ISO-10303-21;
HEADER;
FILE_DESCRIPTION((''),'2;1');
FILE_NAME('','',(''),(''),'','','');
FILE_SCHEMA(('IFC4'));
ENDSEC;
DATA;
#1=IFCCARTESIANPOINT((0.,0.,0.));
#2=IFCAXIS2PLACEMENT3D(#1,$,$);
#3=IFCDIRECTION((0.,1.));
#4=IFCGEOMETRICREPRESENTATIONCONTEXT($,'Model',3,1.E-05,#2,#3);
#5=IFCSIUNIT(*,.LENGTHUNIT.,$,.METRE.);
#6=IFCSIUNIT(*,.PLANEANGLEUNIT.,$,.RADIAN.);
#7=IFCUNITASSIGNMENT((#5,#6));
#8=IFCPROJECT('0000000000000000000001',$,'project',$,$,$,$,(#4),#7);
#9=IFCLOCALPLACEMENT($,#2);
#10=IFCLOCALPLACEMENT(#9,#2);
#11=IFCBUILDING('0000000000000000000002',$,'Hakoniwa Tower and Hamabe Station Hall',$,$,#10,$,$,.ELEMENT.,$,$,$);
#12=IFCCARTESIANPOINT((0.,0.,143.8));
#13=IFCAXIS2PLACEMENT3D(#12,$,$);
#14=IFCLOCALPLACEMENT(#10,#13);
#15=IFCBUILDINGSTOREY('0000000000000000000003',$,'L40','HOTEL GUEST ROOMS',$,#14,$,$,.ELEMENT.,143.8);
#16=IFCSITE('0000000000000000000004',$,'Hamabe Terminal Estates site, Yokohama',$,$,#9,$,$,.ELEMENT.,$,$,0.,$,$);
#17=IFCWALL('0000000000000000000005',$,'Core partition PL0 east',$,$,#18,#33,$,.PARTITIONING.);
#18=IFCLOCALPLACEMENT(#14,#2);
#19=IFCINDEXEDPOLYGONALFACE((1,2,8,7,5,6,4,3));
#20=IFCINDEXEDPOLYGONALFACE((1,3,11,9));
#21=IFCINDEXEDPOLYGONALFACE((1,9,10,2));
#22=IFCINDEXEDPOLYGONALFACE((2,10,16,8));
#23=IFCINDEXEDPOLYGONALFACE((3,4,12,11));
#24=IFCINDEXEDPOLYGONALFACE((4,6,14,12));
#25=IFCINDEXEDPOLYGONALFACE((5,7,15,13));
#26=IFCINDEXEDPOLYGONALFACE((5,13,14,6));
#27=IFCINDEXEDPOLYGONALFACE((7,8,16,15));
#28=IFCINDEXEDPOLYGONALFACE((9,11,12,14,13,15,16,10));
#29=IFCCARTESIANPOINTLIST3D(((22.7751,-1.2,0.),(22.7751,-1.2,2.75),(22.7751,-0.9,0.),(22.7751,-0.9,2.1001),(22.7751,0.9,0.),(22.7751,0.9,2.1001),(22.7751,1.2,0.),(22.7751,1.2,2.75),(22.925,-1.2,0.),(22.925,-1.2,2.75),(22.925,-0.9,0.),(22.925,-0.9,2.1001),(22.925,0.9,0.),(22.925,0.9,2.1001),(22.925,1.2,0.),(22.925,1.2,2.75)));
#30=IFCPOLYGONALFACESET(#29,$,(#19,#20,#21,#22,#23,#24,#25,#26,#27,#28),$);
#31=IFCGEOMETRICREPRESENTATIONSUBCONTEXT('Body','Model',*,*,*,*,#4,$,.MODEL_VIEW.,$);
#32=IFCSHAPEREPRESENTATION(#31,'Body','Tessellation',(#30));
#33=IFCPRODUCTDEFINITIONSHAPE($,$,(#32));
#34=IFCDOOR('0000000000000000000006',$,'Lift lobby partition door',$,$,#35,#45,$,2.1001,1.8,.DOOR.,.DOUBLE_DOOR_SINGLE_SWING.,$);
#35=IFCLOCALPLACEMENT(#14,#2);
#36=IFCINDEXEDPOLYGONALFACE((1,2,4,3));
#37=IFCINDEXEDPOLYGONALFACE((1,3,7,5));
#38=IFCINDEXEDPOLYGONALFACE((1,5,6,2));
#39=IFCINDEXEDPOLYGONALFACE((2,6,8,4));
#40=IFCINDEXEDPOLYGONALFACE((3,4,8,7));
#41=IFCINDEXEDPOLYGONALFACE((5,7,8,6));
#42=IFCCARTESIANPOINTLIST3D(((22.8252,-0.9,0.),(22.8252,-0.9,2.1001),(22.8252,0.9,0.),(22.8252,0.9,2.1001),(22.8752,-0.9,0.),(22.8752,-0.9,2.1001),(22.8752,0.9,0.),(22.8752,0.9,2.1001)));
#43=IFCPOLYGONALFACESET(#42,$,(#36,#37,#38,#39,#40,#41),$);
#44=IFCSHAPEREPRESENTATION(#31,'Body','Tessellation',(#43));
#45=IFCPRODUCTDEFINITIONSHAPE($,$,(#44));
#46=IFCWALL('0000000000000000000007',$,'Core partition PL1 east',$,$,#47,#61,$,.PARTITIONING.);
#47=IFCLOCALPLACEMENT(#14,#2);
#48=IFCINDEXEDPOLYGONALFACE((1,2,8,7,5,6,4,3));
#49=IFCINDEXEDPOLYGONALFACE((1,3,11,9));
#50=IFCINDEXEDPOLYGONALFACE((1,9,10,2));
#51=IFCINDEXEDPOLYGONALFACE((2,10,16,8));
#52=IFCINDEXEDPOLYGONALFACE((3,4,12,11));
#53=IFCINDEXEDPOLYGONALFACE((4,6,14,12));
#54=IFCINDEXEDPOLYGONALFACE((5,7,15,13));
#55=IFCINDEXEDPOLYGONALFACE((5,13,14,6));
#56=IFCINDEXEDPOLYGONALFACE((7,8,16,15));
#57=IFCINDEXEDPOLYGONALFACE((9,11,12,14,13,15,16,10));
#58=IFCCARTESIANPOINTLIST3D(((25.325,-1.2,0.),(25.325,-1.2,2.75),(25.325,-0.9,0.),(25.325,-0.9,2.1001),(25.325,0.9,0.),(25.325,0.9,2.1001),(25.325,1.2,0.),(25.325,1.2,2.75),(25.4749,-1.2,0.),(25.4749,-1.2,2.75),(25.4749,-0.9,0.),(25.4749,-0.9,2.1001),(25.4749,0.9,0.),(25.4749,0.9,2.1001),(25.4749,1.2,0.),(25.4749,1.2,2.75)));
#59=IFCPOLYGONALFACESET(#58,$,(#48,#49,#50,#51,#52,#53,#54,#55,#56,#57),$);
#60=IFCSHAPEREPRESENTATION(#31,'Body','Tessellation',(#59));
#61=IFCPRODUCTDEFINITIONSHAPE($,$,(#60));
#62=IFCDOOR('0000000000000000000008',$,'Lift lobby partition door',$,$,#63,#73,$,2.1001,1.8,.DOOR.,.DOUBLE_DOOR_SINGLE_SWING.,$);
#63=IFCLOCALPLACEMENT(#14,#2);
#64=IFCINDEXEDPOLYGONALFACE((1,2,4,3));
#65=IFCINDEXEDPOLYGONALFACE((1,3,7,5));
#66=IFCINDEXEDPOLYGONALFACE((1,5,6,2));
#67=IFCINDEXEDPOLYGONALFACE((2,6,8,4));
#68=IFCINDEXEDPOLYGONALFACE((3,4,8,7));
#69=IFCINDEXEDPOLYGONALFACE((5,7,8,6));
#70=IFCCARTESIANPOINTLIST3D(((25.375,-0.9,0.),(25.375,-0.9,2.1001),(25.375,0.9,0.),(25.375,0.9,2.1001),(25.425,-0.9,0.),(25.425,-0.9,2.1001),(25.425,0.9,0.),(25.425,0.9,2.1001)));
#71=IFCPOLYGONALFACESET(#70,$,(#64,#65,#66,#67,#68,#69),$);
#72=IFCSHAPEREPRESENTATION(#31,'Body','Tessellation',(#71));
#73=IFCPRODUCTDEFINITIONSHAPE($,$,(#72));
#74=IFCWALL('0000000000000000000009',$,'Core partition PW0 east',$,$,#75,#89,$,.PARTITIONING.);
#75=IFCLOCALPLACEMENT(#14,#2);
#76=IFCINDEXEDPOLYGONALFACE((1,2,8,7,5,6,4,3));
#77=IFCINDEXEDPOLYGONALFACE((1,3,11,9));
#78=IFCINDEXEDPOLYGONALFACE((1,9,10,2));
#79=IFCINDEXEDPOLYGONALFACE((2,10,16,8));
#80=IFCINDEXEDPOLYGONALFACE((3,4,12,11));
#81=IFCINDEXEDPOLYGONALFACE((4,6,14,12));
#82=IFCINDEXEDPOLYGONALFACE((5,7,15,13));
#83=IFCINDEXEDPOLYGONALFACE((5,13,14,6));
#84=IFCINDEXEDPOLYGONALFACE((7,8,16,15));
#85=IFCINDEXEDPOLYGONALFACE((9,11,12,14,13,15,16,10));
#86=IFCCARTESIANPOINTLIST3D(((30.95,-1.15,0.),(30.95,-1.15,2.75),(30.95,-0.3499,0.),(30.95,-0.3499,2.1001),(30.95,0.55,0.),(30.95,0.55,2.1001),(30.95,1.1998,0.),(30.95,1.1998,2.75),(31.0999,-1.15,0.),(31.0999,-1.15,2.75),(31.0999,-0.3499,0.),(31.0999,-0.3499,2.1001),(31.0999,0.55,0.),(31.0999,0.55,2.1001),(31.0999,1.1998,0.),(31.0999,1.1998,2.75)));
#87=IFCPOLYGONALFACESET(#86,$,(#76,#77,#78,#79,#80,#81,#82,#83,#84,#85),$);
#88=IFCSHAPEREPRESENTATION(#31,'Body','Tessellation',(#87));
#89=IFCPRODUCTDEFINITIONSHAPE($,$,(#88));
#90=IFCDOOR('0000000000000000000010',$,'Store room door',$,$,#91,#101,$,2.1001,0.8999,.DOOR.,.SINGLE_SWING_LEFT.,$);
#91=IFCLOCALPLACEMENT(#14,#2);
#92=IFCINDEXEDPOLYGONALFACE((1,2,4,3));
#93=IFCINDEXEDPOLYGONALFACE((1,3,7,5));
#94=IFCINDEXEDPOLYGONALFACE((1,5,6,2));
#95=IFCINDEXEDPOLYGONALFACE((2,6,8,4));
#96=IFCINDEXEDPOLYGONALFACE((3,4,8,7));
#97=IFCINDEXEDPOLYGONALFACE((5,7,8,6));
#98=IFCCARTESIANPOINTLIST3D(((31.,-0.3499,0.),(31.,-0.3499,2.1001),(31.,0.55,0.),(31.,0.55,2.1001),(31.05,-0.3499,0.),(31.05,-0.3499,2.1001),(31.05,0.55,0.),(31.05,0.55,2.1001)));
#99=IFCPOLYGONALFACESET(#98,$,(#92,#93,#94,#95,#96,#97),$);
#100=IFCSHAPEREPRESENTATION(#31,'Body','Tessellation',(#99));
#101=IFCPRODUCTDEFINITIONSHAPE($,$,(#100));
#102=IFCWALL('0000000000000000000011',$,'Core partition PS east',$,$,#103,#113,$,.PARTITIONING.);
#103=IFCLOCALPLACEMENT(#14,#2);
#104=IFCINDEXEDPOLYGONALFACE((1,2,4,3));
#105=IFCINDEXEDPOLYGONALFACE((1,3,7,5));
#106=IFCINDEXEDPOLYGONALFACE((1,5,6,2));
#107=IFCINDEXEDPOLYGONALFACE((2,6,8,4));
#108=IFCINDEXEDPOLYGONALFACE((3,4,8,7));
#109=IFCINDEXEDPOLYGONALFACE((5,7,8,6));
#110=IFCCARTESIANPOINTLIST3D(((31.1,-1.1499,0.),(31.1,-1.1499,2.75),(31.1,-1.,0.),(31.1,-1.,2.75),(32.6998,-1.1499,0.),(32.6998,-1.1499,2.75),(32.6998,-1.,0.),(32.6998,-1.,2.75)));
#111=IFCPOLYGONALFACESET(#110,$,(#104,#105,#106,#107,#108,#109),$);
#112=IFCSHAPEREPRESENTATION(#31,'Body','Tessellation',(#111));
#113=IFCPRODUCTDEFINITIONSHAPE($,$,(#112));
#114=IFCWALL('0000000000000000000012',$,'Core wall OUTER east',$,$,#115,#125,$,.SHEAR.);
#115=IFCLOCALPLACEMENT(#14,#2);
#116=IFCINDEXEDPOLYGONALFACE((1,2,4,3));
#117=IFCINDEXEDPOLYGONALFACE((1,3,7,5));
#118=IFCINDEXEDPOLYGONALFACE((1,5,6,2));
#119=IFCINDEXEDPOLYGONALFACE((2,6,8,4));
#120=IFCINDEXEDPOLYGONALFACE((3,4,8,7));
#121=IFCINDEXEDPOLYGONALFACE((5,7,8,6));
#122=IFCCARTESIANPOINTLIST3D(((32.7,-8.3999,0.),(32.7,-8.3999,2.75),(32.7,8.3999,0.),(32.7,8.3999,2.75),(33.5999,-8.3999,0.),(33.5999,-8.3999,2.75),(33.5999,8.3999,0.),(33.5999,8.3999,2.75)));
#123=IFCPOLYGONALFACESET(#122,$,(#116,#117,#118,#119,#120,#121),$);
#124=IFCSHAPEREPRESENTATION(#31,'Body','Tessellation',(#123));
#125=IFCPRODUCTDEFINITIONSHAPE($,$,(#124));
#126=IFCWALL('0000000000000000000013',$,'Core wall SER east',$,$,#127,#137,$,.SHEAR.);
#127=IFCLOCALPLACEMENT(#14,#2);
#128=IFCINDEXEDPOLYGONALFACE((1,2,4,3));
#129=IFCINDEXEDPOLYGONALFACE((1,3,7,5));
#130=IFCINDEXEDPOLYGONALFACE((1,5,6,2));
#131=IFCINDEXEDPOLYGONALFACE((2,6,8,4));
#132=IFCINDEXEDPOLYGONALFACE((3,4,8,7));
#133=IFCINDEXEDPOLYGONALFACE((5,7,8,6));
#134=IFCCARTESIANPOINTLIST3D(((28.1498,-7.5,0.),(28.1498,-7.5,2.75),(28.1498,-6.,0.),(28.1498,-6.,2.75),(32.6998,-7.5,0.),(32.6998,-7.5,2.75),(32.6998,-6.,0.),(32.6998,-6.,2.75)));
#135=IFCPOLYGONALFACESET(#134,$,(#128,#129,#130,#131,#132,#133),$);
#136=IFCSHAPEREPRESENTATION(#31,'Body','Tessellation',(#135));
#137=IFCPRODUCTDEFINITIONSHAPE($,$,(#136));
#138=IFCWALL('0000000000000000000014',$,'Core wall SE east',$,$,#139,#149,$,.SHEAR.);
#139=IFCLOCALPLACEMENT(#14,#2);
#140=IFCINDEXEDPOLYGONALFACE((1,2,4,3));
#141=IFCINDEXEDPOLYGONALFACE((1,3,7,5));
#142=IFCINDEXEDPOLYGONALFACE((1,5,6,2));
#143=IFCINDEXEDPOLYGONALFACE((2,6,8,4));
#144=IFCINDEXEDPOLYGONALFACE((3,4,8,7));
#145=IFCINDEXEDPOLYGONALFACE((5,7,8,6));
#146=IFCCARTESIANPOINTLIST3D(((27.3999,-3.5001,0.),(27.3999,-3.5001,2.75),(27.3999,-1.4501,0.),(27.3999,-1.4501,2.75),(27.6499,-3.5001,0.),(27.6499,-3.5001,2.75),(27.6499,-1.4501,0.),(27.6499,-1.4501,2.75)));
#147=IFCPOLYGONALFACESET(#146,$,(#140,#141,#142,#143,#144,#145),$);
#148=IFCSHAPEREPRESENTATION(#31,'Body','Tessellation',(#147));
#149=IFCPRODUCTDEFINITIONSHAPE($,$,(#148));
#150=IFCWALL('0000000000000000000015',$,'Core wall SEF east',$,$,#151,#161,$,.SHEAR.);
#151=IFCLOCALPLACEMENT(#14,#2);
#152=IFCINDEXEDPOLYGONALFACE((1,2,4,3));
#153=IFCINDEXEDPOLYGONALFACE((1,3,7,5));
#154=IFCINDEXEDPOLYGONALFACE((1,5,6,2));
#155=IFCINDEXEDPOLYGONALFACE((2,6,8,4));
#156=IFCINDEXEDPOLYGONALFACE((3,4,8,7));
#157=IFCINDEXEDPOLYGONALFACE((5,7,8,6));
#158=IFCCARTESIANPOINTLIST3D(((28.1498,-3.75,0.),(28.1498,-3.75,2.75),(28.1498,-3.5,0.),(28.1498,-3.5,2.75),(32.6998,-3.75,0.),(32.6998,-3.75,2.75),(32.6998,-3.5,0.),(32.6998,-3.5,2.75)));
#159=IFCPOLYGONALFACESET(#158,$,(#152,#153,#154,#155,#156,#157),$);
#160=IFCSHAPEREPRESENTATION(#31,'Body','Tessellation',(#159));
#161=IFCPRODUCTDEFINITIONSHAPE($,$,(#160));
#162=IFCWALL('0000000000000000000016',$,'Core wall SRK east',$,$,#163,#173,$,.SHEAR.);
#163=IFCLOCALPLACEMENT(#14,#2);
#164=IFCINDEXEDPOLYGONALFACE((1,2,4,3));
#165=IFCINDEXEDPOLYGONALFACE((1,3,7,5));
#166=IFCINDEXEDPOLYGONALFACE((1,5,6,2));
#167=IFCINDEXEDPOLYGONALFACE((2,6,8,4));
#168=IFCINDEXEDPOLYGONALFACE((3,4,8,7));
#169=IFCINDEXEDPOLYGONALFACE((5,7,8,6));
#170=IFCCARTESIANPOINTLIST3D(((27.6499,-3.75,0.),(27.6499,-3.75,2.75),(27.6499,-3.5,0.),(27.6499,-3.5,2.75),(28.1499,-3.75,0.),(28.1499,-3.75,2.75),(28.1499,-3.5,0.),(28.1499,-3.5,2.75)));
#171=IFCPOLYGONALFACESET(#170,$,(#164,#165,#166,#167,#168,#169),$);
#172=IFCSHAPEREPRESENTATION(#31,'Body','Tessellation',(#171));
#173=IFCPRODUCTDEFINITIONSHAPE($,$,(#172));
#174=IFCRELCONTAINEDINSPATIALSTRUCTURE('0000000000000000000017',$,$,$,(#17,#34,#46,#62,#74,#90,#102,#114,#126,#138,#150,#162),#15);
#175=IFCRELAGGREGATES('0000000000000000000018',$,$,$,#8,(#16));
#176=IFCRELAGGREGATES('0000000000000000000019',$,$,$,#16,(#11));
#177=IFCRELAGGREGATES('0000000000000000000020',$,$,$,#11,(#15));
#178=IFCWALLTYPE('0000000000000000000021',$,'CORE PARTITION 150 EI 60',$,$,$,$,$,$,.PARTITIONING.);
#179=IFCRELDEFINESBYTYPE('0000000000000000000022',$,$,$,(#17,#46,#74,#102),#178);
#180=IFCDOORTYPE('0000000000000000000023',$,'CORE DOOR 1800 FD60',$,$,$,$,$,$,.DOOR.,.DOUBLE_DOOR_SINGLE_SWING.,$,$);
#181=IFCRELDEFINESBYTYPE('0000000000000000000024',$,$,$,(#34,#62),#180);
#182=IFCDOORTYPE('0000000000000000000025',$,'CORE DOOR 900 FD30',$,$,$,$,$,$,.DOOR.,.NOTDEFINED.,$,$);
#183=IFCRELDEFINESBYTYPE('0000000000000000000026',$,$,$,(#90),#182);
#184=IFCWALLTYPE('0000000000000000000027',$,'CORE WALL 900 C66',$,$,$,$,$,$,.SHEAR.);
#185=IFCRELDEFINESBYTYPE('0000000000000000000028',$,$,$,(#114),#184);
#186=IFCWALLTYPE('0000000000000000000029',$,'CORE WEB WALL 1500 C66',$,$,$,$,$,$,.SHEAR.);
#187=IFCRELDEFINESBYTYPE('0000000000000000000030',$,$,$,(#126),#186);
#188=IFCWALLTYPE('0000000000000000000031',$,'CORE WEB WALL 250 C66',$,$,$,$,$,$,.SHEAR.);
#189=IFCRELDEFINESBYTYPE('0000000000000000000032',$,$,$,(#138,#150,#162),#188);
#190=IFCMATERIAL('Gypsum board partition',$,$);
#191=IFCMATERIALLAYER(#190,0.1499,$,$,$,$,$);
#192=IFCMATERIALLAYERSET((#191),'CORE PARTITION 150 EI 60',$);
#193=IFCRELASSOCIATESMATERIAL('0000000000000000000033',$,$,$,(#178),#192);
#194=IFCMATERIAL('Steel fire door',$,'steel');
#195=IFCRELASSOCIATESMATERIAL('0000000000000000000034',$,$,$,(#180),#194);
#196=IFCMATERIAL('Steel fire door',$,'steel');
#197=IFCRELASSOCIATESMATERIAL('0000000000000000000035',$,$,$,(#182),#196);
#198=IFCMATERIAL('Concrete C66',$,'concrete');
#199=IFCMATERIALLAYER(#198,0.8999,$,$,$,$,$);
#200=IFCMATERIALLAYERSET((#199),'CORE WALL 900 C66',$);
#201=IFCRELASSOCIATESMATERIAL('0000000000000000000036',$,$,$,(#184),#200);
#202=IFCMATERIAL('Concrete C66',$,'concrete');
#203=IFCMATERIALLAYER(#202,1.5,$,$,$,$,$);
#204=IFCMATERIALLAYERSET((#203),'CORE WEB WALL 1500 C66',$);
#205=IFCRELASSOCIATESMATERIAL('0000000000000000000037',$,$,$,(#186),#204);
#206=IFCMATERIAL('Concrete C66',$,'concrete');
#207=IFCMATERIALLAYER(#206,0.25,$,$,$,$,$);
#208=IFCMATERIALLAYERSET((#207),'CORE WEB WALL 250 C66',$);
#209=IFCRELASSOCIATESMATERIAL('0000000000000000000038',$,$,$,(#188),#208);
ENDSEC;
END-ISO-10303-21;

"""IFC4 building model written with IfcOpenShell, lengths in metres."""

from ifc_helpers import new_model, si_unit, direction, frame, frame_2d, origin, place, context, subcontext, project, spatial, rectangle, extrude, material, layer, layer_set, type_object, element, fill, save


model = new_model("IFC4")

# Units and contexts
model_context = context("Model", 3, precision=1e-05, world=origin(), true_north=direction((0.0, 1.0)))
body_context = subcontext(model_context, "Body", "Model", "MODEL_VIEW")
ifc_project = project(units=[si_unit("LENGTHUNIT", "METRE"), si_unit("PLANEANGLEUNIT", "RADIAN")], contexts=[model_context])

# Site, building, storey
site_placement = place(None, origin())
site = spatial("IfcSite", under=ifc_project, at=site_placement, Name="Hamabe Terminal Estates site, Yokohama", CompositionType="ELEMENT", RefElevation=0.0)
building_placement = place(site_placement, origin())
building = spatial("IfcBuilding", under=site, at=building_placement, Name="Hakoniwa Tower and Hamabe Station Hall", CompositionType="ELEMENT")
storey_placement = place(building_placement, frame((0.0, 0.0, 143.8)))
storey = spatial("IfcBuildingStorey", under=building, at=storey_placement, Name="L40", Description="HOTEL GUEST ROOMS", CompositionType="ELEMENT", Elevation=143.8)

# Walls, openings, doors
ifc_material_1 = material(Name="Gypsum board partition")
ifc_layer_1 = layer(ifc_material_1, 0.1499)
ifc_layer_set_1 = layer_set([ifc_layer_1], Name="CORE PARTITION 150 EI 60")
wall_type_1 = type_object("IfcWallType", Name="CORE PARTITION 150 EI 60", PredefinedType="PARTITIONING", material=ifc_layer_set_1)
wall_1_placement = place(storey_placement, frame((22.8501, -1.2, 0.0), z_axis=(0.0, 0.0, 1.0), x_axis=(0.0, 1.0, 0.0)))
wall_1 = element("IfcWall", 1, at=wall_1_placement, inside=storey, type_object=wall_type_1, Name="Core partition PL0 east", PredefinedType="PARTITIONING", context=body_context, shape_type="SweptSolid", body=[
    extrude(rectangle(XDim=2.3999, YDim=0.1499, at=frame_2d((1.2, 0.0))), origin(), (0.0, 0.0, 1.0), 2.75),
])
opening_1_placement = place(wall_1_placement, frame((0.3, 0.0, 0.0)))
opening_1 = element("IfcOpeningElement", 2, at=opening_1_placement, cuts=wall_1, PredefinedType="OPENING", context=body_context, shape_type="SweptSolid", body=[
    extrude(rectangle(XDim=1.8, YDim=2.1001, at=frame_2d((0.8999, 1.05))), frame((0.0, 0.085, 0.0), z_axis=(0.0, -1.0, 0.0), x_axis=(1.0, 0.0, 0.0)), (0.0, 0.0, 1.0), 0.1699),
])
ifc_material_2 = material(Name="Steel fire door", Category="steel")
door_type_1 = type_object("IfcDoorType", Name="CORE DOOR 1800 FD60", OperationType="DOUBLE_DOOR_SINGLE_SWING", PredefinedType="DOOR", material=ifc_material_2)
door_1_placement = place(opening_1_placement, origin())
door_1 = element("IfcDoor", 3, at=door_1_placement, inside=storey, type_object=door_type_1, Name="Lift lobby partition door", OperationType="DOUBLE_DOOR_SINGLE_SWING", OverallHeight=2.1001, OverallWidth=1.8, PredefinedType="DOOR", context=body_context, shape_type="SweptSolid", body=[
    extrude(rectangle(XDim=1.8, YDim=2.1001, at=frame_2d((0.8999, 1.05))), frame((0.0, 0.0249, 0.0), z_axis=(0.0, -1.0, 0.0), x_axis=(1.0, 0.0, 0.0)), (0.0, 0.0, 1.0), 0.05),
])
fill(opening_1, door_1)
wall_2_placement = place(storey_placement, frame((25.3999, -1.2, 0.0), z_axis=(0.0, 0.0, 1.0), x_axis=(0.0, 1.0, 0.0)))
wall_2 = element("IfcWall", 4, at=wall_2_placement, inside=storey, type_object=wall_type_1, Name="Core partition PL1 east", PredefinedType="PARTITIONING", context=body_context, shape_type="SweptSolid", body=[
    extrude(rectangle(XDim=2.3999, YDim=0.1499, at=frame_2d((1.2, 0.0))), origin(), (0.0, 0.0, 1.0), 2.75),
])
opening_2_placement = place(wall_2_placement, frame((0.3, 0.0, 0.0)))
opening_2 = element("IfcOpeningElement", 5, at=opening_2_placement, cuts=wall_2, PredefinedType="OPENING", context=body_context, shape_type="SweptSolid", body=[
    extrude(rectangle(XDim=1.8, YDim=2.1001, at=frame_2d((0.8999, 1.05))), frame((0.0, 0.085, 0.0), z_axis=(0.0, -1.0, 0.0), x_axis=(1.0, 0.0, 0.0)), (0.0, 0.0, 1.0), 0.1699),
])
door_2_placement = place(opening_2_placement, origin())
door_2 = element("IfcDoor", 6, at=door_2_placement, inside=storey, type_object=door_type_1, Name="Lift lobby partition door", OperationType="DOUBLE_DOOR_SINGLE_SWING", OverallHeight=2.1001, OverallWidth=1.8, PredefinedType="DOOR", context=body_context, shape_type="SweptSolid", body=[
    extrude(rectangle(XDim=1.8, YDim=2.1001, at=frame_2d((0.8999, 1.05))), frame((0.0, 0.0249, 0.0), z_axis=(0.0, -1.0, 0.0), x_axis=(1.0, 0.0, 0.0)), (0.0, 0.0, 1.0), 0.05),
])
fill(opening_2, door_2)
wall_3_placement = place(storey_placement, frame((31.0249, -1.1499, 0.0), z_axis=(0.0, 0.0, 1.0), x_axis=(0.0, 1.0, 0.0)))
wall_3 = element("IfcWall", 7, at=wall_3_placement, inside=storey, type_object=wall_type_1, Name="Core partition PW0 east", PredefinedType="PARTITIONING", context=body_context, shape_type="SweptSolid", body=[
    extrude(rectangle(XDim=2.3499, YDim=0.1499, at=frame_2d((1.1748, 0.0))), origin(), (0.0, 0.0, 1.0), 2.75),
])
opening_3_placement = place(wall_3_placement, frame((0.8, 0.0, 0.0)))
opening_3 = element("IfcOpeningElement", 8, at=opening_3_placement, cuts=wall_3, PredefinedType="OPENING", context=body_context, shape_type="SweptSolid", body=[
    extrude(rectangle(XDim=0.8999, YDim=2.1001, at=frame_2d((0.45, 1.05))), frame((0.0, 0.085, 0.0), z_axis=(0.0, -1.0, 0.0), x_axis=(1.0, 0.0, 0.0)), (0.0, 0.0, 1.0), 0.1699),
])
ifc_material_3 = material(Name="Steel fire door", Category="steel")
door_type_2 = type_object("IfcDoorType", Name="CORE DOOR 900 FD30", OperationType="NOTDEFINED", PredefinedType="DOOR", material=ifc_material_3)
door_3_placement = place(opening_3_placement, origin())
door_3 = element("IfcDoor", 9, at=door_3_placement, inside=storey, type_object=door_type_2, Name="Store room door", OperationType="SINGLE_SWING_LEFT", OverallHeight=2.1001, OverallWidth=0.8999, PredefinedType="DOOR", context=body_context, shape_type="SweptSolid", body=[
    extrude(rectangle(XDim=0.8999, YDim=2.1001, at=frame_2d((0.45, 1.05))), frame((0.0, 0.0249, 0.0), z_axis=(0.0, -1.0, 0.0), x_axis=(1.0, 0.0, 0.0)), (0.0, 0.0, 1.0), 0.05),
])
fill(opening_3, door_3)

# Walls
wall_4_placement = place(storey_placement, frame((31.1001, -1.075, 0.0), z_axis=(0.0, 0.0, 1.0), x_axis=(1.0, 0.0, 0.0)))
element("IfcWall", 10, at=wall_4_placement, inside=storey, type_object=wall_type_1, Name="Core partition PS east", PredefinedType="PARTITIONING", context=body_context, shape_type="SweptSolid", body=[
    extrude(rectangle(XDim=1.5999, YDim=0.1499, at=frame_2d((0.7998, 0.0))), origin(), (0.0, 0.0, 1.0), 2.75),
])
ifc_material_4 = material(Name="Concrete C66", Category="concrete")
ifc_layer_2 = layer(ifc_material_4, 0.8999)
ifc_layer_set_2 = layer_set([ifc_layer_2], Name="CORE WALL 900 C66")
wall_type_2 = type_object("IfcWallType", Name="CORE WALL 900 C66", PredefinedType="SHEAR", material=ifc_layer_set_2)
wall_5_placement = place(storey_placement, frame((33.1499, -8.3999, 0.0), z_axis=(0.0, 0.0, 1.0), x_axis=(0.0, 1.0, 0.0)))
element("IfcWall", 11, at=wall_5_placement, inside=storey, type_object=wall_type_2, Name="Core wall OUTER east", PredefinedType="SHEAR", context=body_context, shape_type="SweptSolid", body=[
    extrude(rectangle(XDim=16.7998, YDim=0.8999, at=frame_2d((8.3999, 0.0))), origin(), (0.0, 0.0, 1.0), 2.75),
])
ifc_material_5 = material(Name="Concrete C66", Category="concrete")
ifc_layer_3 = layer(ifc_material_5, 1.5)
ifc_layer_set_3 = layer_set([ifc_layer_3], Name="CORE WEB WALL 1500 C66")
wall_type_3 = type_object("IfcWallType", Name="CORE WEB WALL 1500 C66", PredefinedType="SHEAR", material=ifc_layer_set_3)
wall_6_placement = place(storey_placement, frame((28.1499, -6.75, 0.0), z_axis=(0.0, 0.0, 1.0), x_axis=(1.0, 0.0, 0.0)))
element("IfcWall", 12, at=wall_6_placement, inside=storey, type_object=wall_type_3, Name="Core wall SER east", PredefinedType="SHEAR", context=body_context, shape_type="SweptSolid", body=[
    extrude(rectangle(XDim=4.55, YDim=1.5, at=frame_2d((2.2749, 0.0))), origin(), (0.0, 0.0, 1.0), 2.75),
])
ifc_material_6 = material(Name="Concrete C66", Category="concrete")
ifc_layer_4 = layer(ifc_material_6, 0.25)
ifc_layer_set_4 = layer_set([ifc_layer_4], Name="CORE WEB WALL 250 C66")
wall_type_4 = type_object("IfcWallType", Name="CORE WEB WALL 250 C66", PredefinedType="SHEAR", material=ifc_layer_set_4)
wall_7_placement = place(storey_placement, frame((27.5249, -3.5, 0.0), z_axis=(0.0, 0.0, 1.0), x_axis=(0.0, 1.0, 0.0)))
element("IfcWall", 13, at=wall_7_placement, inside=storey, type_object=wall_type_4, Name="Core wall SE east", PredefinedType="SHEAR", context=body_context, shape_type="SweptSolid", body=[
    extrude(rectangle(XDim=2.05, YDim=0.25, at=frame_2d((1.0249, 0.0))), origin(), (0.0, 0.0, 1.0), 2.75),
])
wall_8_placement = place(storey_placement, frame((28.1499, -3.625, 0.0), z_axis=(0.0, 0.0, 1.0), x_axis=(1.0, 0.0, 0.0)))
element("IfcWall", 14, at=wall_8_placement, inside=storey, type_object=wall_type_4, Name="Core wall SEF east", PredefinedType="SHEAR", context=body_context, shape_type="SweptSolid", body=[
    extrude(rectangle(XDim=4.55, YDim=0.25, at=frame_2d((2.2749, 0.0))), origin(), (0.0, 0.0, 1.0), 2.75),
])
wall_9_placement = place(storey_placement, frame((27.6499, -3.625, 0.0), z_axis=(0.0, 0.0, 1.0), x_axis=(1.0, 0.0, 0.0)))
element("IfcWall", 15, at=wall_9_placement, inside=storey, type_object=wall_type_4, Name="Core wall SRK east", PredefinedType="SHEAR", context=body_context, shape_type="SweptSolid", body=[
    extrude(rectangle(XDim=0.5, YDim=0.25, at=frame_2d((0.25, 0.0))), origin(), (0.0, 0.0, 1.0), 2.75),
])

save(model, "model.ifc")
